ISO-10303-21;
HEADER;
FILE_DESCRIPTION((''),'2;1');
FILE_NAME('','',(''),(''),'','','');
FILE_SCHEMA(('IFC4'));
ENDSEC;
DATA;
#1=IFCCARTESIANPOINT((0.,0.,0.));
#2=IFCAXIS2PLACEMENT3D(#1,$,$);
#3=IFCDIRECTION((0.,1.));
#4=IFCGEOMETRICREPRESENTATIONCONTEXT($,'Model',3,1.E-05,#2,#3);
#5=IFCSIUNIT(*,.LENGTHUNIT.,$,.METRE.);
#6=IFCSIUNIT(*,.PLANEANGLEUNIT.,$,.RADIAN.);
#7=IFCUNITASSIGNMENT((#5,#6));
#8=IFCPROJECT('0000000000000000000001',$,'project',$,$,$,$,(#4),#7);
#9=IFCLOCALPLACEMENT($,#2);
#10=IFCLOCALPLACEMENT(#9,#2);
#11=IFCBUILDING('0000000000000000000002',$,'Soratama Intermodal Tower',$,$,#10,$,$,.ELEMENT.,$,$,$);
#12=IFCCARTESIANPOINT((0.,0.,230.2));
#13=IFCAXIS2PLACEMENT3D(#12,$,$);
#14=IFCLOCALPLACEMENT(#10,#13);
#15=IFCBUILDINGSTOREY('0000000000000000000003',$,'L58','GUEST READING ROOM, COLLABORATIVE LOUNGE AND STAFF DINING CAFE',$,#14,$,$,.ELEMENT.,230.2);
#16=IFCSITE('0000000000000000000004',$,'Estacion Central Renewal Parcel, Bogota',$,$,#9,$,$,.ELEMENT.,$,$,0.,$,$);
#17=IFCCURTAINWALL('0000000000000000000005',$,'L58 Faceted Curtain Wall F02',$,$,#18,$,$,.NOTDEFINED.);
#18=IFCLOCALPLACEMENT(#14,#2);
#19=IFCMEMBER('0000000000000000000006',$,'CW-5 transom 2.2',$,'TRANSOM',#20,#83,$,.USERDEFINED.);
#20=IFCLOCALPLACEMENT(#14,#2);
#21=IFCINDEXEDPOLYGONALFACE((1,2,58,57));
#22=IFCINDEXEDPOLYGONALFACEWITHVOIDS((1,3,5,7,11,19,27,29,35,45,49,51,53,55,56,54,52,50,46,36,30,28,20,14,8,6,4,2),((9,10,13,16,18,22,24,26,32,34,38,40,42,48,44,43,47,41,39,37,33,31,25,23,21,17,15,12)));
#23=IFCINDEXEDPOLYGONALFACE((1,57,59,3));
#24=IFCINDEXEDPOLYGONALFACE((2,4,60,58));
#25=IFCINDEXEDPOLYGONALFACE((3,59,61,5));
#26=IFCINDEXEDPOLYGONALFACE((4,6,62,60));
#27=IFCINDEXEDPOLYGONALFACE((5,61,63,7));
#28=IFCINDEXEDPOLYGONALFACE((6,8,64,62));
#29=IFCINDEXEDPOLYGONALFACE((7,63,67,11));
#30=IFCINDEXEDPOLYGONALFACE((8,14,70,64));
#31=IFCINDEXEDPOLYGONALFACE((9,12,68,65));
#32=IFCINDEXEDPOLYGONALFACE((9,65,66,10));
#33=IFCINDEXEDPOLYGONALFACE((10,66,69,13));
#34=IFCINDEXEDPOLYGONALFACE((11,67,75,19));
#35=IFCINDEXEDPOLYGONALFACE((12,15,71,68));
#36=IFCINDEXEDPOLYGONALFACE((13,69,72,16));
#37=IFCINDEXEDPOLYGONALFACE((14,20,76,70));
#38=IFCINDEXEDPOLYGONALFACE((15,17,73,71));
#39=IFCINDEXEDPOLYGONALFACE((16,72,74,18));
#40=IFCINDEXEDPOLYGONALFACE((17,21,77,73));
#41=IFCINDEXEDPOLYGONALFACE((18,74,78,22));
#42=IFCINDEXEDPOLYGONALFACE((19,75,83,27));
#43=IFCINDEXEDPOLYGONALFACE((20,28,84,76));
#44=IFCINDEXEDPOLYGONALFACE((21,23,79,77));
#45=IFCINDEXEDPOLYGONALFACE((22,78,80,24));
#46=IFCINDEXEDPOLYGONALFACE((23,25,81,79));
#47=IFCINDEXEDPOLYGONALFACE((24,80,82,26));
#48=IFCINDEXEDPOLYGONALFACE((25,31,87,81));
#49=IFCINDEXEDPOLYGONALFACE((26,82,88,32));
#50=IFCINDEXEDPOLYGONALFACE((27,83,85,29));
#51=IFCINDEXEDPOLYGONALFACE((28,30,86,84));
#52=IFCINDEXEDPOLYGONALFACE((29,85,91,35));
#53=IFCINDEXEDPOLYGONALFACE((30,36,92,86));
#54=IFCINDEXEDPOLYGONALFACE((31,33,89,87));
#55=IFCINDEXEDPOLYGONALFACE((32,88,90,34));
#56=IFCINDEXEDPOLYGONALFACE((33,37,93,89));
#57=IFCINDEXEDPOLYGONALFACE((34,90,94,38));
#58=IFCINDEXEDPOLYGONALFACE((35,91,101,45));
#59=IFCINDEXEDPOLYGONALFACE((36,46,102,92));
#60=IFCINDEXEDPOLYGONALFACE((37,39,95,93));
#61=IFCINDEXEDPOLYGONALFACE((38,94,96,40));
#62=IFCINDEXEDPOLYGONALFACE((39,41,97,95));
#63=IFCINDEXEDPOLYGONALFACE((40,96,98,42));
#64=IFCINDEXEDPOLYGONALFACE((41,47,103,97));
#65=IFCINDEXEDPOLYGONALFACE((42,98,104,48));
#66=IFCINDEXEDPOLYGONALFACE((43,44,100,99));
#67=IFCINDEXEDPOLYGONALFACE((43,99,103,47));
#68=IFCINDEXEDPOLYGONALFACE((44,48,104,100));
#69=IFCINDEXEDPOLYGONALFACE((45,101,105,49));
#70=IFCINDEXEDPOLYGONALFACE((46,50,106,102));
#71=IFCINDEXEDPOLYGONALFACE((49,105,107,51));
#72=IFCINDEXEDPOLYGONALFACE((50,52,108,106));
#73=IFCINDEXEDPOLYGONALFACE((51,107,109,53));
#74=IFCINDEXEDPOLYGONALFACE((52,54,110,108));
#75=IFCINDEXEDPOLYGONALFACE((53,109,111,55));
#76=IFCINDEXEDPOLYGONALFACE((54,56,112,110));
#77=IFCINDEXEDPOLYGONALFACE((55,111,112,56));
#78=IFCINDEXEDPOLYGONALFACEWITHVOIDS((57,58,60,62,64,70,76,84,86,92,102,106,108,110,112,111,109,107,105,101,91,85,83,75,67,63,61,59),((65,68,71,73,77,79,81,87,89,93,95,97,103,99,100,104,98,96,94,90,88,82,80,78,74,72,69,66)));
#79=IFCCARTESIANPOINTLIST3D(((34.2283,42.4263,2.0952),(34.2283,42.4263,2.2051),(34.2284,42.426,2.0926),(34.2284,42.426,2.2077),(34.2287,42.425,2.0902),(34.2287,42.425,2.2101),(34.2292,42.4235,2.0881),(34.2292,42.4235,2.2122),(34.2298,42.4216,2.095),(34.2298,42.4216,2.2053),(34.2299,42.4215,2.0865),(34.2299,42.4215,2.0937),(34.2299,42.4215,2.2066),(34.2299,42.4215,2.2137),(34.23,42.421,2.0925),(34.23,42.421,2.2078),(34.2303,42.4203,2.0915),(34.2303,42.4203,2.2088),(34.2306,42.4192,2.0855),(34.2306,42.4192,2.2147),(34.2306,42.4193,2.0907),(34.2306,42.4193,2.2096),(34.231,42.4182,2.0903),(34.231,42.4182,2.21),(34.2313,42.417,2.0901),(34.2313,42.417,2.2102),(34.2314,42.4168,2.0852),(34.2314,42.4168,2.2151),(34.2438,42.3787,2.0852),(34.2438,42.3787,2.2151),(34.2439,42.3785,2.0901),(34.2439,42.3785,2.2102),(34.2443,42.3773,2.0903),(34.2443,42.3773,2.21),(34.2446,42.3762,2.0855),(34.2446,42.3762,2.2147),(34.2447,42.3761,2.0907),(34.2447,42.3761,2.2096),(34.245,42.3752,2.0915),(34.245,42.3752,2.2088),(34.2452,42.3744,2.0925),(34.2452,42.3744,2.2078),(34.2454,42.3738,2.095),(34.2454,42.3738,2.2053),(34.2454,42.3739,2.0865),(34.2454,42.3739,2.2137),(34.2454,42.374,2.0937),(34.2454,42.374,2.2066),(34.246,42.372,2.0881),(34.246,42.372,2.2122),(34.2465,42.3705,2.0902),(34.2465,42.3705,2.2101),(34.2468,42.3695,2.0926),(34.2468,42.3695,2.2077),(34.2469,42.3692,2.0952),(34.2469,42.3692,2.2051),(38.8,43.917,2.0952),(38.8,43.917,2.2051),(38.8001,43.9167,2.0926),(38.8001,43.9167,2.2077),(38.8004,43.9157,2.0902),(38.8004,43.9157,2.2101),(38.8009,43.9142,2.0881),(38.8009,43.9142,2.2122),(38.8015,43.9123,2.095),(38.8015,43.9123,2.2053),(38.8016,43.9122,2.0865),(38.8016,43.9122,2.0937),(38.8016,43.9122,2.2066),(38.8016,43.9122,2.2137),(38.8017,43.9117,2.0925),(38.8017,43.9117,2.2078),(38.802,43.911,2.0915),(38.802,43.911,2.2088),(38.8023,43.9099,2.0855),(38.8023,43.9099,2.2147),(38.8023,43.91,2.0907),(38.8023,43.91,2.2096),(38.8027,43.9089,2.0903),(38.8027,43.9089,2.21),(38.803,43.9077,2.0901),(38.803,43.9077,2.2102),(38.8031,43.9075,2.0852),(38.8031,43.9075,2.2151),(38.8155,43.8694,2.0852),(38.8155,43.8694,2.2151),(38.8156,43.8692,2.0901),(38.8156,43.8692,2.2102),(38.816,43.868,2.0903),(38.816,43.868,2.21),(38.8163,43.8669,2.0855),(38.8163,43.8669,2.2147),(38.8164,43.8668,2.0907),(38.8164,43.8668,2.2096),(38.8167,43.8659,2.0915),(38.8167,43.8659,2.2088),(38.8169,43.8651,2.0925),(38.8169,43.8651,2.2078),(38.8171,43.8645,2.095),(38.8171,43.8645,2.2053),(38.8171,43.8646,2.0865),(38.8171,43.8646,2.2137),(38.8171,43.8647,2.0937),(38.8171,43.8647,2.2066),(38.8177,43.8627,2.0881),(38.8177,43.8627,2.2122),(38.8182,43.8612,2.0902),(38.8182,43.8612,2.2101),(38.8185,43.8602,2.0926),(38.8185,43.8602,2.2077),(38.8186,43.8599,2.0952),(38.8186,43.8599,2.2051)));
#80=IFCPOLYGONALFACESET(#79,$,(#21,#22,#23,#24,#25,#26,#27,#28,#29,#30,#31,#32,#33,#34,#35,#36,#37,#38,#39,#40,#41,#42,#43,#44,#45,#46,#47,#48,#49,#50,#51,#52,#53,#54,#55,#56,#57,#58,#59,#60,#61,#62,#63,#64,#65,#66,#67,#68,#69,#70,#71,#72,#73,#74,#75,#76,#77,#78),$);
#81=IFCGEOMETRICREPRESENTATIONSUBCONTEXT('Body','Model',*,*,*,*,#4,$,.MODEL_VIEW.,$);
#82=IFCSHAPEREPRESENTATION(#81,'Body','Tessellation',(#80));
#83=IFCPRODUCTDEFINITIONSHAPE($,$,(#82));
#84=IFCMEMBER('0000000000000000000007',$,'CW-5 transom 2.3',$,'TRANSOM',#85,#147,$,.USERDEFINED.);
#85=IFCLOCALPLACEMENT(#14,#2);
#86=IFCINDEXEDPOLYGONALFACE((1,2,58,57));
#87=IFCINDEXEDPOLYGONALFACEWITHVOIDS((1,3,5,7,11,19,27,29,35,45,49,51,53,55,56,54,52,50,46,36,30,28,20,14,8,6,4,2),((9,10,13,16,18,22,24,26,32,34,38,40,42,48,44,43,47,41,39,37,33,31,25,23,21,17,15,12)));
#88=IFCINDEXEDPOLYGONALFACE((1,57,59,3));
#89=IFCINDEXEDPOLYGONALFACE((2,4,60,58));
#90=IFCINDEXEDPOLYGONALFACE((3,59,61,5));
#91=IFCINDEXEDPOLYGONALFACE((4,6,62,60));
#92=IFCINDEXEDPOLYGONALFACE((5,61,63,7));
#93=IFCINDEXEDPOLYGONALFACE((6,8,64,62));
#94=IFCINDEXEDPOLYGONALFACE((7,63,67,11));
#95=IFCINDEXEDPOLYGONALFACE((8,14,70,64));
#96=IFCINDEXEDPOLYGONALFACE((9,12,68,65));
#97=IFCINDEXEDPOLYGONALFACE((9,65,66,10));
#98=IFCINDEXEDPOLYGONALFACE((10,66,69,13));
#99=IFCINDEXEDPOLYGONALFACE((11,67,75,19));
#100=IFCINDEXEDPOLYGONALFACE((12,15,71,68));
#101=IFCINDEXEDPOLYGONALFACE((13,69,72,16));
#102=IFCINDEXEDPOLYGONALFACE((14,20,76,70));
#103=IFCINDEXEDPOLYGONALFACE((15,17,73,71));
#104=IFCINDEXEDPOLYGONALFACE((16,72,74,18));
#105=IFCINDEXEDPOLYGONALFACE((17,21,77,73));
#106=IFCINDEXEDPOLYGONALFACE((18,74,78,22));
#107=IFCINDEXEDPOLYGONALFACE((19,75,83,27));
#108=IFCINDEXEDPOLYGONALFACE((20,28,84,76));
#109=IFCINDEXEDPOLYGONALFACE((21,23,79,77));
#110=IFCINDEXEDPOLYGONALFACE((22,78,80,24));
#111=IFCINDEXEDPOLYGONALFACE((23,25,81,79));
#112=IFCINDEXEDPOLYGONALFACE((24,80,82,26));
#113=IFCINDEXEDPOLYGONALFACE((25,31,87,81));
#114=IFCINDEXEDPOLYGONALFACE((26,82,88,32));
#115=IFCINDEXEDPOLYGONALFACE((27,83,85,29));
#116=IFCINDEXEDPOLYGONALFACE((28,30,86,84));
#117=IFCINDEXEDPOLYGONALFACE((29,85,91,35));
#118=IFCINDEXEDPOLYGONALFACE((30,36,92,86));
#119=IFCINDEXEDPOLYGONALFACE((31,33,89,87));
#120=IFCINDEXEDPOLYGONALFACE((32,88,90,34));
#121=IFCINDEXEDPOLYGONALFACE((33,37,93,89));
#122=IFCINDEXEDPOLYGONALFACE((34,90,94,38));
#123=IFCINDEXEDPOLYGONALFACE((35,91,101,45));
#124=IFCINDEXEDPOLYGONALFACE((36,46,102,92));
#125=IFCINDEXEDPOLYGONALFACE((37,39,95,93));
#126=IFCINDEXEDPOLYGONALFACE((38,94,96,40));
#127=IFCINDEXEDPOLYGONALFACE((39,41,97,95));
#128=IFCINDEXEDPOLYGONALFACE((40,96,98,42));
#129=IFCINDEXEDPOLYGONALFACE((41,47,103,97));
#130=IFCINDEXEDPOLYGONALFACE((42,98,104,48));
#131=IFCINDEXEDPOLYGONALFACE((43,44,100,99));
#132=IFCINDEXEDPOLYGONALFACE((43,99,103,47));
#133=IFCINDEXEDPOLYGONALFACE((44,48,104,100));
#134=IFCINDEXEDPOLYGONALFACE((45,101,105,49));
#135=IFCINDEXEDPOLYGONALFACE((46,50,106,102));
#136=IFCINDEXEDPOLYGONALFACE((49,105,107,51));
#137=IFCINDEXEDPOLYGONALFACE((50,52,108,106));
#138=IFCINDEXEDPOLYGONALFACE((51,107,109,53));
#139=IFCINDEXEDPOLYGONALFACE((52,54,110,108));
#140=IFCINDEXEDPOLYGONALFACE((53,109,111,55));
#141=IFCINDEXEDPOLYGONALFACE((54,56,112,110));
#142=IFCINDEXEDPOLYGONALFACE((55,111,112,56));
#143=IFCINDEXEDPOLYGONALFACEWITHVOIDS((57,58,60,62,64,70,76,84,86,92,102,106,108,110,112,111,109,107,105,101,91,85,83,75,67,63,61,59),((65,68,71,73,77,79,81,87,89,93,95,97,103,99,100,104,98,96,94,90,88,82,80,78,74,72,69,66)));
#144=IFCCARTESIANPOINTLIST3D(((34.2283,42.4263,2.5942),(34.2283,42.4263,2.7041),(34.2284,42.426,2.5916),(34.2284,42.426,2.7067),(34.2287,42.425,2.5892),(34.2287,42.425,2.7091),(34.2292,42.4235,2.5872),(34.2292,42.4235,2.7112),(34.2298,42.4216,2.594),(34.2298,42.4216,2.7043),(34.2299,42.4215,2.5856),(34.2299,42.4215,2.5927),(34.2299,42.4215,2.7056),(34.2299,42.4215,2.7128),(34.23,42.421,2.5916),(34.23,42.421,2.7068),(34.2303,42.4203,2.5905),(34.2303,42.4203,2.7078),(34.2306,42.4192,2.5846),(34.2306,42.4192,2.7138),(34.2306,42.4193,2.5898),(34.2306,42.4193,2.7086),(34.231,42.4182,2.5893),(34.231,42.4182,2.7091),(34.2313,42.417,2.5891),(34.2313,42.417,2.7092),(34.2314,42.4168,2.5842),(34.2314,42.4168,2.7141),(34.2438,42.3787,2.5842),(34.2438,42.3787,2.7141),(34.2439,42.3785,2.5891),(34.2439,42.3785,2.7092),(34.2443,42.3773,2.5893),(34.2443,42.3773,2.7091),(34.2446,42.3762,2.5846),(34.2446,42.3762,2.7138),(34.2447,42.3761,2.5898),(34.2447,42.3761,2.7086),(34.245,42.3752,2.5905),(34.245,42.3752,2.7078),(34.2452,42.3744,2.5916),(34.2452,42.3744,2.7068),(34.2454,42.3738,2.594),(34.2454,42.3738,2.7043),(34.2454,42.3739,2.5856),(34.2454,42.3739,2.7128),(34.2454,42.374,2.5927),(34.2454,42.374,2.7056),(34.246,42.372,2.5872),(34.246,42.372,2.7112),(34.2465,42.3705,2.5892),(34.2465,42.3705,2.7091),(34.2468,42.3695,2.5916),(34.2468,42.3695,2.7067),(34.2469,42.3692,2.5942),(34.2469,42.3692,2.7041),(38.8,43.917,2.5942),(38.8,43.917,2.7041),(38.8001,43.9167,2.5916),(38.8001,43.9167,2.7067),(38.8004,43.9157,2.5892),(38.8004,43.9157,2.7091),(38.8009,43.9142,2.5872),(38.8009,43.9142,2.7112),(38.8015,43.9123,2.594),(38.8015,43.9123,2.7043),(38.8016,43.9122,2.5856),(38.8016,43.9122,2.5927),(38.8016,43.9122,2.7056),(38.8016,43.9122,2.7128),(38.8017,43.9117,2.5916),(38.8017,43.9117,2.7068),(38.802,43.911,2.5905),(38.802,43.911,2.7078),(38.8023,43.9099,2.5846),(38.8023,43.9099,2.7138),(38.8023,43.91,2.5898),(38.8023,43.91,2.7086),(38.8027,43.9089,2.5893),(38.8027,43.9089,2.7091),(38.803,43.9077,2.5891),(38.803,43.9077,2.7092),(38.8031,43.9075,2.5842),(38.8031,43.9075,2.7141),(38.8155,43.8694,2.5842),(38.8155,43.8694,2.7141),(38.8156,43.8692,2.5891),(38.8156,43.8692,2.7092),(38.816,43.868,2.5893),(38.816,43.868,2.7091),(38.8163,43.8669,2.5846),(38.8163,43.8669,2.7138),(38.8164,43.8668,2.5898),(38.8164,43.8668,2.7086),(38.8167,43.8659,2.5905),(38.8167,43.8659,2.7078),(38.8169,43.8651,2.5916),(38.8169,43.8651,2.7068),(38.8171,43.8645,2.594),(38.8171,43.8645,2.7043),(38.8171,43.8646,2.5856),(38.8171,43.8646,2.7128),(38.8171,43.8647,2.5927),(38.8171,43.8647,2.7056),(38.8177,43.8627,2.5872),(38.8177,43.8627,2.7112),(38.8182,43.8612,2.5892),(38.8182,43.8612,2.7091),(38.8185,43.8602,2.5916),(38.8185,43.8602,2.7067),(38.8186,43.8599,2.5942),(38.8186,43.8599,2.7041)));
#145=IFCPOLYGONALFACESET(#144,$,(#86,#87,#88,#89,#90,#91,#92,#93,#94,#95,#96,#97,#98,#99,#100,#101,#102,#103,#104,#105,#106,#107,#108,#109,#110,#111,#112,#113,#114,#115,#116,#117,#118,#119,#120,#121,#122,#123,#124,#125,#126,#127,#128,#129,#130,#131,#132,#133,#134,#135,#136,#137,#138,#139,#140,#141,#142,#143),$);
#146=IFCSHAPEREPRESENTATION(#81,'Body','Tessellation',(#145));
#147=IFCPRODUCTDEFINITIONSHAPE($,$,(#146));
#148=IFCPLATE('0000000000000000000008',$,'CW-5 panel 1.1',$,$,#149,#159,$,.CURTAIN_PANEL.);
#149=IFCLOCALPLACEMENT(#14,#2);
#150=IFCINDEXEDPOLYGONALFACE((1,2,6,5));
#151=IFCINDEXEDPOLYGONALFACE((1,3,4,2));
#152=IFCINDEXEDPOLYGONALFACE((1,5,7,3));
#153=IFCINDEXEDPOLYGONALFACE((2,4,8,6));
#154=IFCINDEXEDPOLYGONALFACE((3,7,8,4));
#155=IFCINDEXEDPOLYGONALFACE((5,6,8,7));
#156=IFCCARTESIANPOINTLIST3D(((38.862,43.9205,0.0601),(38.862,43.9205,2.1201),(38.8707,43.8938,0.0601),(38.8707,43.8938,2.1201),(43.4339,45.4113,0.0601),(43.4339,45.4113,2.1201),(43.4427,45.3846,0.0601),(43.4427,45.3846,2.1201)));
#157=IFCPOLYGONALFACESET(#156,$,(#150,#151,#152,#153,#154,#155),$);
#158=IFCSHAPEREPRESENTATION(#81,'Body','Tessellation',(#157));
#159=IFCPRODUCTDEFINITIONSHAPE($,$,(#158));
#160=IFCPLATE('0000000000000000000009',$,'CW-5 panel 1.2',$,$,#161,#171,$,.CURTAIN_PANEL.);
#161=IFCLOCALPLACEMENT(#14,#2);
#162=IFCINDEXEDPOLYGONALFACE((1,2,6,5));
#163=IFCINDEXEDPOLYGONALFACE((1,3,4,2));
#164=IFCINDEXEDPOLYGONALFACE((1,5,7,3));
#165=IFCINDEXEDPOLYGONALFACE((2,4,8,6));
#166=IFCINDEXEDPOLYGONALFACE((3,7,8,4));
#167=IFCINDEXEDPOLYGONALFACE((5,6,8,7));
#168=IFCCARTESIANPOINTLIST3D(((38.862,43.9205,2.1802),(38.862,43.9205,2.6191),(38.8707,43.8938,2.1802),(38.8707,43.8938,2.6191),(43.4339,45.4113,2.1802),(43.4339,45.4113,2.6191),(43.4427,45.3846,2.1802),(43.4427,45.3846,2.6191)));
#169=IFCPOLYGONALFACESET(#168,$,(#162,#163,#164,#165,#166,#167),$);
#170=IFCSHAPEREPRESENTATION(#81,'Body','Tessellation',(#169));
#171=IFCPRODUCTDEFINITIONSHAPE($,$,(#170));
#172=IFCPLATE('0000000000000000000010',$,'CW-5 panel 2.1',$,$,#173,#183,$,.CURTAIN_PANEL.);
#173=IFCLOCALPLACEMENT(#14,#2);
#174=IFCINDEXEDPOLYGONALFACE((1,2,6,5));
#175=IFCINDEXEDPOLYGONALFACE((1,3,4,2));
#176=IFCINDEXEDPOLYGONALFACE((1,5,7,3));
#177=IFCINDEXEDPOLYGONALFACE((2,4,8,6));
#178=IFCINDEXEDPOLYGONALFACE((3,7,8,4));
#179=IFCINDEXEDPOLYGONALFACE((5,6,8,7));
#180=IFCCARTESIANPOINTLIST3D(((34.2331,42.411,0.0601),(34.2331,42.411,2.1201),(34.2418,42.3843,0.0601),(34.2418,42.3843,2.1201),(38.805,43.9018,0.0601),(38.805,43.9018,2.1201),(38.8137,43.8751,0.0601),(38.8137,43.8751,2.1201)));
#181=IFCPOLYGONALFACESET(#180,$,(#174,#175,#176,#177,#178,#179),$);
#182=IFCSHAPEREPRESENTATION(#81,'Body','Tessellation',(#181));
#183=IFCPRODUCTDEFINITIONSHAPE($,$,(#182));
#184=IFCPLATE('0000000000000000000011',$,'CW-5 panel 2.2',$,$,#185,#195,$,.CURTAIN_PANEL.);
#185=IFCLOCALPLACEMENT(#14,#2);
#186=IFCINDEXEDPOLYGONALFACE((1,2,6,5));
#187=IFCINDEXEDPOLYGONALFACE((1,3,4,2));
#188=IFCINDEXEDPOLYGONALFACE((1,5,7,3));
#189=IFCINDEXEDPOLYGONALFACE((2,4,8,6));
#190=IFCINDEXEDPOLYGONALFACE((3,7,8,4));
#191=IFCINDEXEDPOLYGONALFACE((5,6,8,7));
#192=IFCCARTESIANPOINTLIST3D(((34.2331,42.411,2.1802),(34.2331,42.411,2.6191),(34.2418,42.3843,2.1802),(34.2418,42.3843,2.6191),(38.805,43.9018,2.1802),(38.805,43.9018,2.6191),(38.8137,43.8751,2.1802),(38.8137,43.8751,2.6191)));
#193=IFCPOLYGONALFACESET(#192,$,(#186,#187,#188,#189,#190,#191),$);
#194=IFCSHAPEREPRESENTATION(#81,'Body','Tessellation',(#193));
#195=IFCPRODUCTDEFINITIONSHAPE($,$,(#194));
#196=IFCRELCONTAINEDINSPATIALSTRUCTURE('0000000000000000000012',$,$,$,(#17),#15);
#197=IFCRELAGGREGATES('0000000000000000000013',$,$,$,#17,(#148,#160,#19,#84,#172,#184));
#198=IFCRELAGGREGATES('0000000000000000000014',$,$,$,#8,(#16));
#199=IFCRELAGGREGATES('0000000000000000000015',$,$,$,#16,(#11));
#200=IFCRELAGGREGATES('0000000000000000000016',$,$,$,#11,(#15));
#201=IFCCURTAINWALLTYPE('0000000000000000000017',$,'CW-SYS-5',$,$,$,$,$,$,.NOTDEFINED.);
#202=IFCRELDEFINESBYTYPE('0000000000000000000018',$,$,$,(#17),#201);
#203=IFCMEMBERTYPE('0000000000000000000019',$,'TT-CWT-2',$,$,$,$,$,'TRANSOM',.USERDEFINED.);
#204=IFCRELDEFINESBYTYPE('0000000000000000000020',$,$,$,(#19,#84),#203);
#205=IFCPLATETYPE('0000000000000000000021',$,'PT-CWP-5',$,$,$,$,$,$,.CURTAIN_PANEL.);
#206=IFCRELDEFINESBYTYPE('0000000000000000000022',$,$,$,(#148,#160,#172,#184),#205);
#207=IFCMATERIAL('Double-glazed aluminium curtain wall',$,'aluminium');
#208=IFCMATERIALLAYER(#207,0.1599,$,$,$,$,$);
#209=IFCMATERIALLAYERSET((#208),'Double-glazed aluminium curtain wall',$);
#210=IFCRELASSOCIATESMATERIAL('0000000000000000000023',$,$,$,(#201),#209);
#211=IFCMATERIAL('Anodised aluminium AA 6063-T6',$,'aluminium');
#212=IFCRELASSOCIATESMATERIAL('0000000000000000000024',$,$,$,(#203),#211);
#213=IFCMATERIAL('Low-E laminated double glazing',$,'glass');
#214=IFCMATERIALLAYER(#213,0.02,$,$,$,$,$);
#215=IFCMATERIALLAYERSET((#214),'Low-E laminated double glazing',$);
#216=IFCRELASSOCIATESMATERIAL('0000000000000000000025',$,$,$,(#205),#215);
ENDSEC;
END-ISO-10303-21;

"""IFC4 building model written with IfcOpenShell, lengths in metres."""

from ifc_helpers import new_model, si_unit, direction, frame, origin, origin_2d, place, context, subcontext, project, spatial, rectangle, hollow_rectangle, extrude, material, layer, layer_set, material_profile, profile_set, type_object, element, aggregate, save


model = new_model("IFC4")

# Units and contexts
model_context = context("Model", 3, precision=1e-05, world=origin(), true_north=direction((0.0, 1.0)))
body_context = subcontext(model_context, "Body", "Model", "MODEL_VIEW")
ifc_project = project(units=[si_unit("LENGTHUNIT", "METRE"), si_unit("PLANEANGLEUNIT", "RADIAN")], contexts=[model_context])

# Site, building, storey
site_placement = place(None, origin())
site = spatial("IfcSite", under=ifc_project, at=site_placement, Name="Estacion Central Renewal Parcel, Bogota", CompositionType="ELEMENT", RefElevation=0.0)
building_placement = place(site_placement, origin())
building = spatial("IfcBuilding", under=site, at=building_placement, Name="Soratama Intermodal Tower", CompositionType="ELEMENT")
storey_placement = place(building_placement, frame((0.0, 0.0, 230.2)))
storey = spatial("IfcBuildingStorey", under=building, at=storey_placement, Name="L58", Description="GUEST READING ROOM, COLLABORATIVE LOUNGE AND STAFF DINING CAFE", CompositionType="ELEMENT", Elevation=230.2)

# Curtain wall, members, plates
ifc_material_1 = material(Name="Double-glazed aluminium curtain wall", Category="aluminium")
ifc_layer_1 = layer(ifc_material_1, 0.1599)
ifc_layer_set_1 = layer_set([ifc_layer_1], Name="Double-glazed aluminium curtain wall")
curtain_wall_type = type_object("IfcCurtainWallType", Name="CW-SYS-5", PredefinedType="NOTDEFINED", material=ifc_layer_set_1)
curtain_wall_placement = place(storey_placement, origin())
curtain_wall = element("IfcCurtainWall", 1, at=curtain_wall_placement, inside=storey, type_object=curtain_wall_type, Name="L58 Faceted Curtain Wall F02", PredefinedType="NOTDEFINED")
ifc_material_2 = material(Name="Anodised aluminium AA 6063-T6", Category="aluminium")
ifc_material_profile_1 = material_profile(ifc_material_2, hollow_rectangle(XDim=0.0601, YDim=0.1299, WallThickness=0.0049, InnerFilletRadius=0.0049, OuterFilletRadius=0.01, at=origin_2d()), Name="CWT130X60X5")
ifc_profile_set_1 = profile_set([ifc_material_profile_1], Name="Anodised aluminium AA 6063-T6")
member_type_1 = type_object("IfcMemberType", Name="TT-CWT-2", ElementType="TRANSOM", PredefinedType="USERDEFINED", material=ifc_profile_set_1)
member_1_placement = place(storey_placement, frame((38.8093, 43.8884, 2.1501), z_axis=(-0.950734, -0.310007, 0.0), x_axis=(0.310007, -0.950734, 0.0)))
member_1 = element("IfcMember", 2, at=member_1_placement, type_object=member_type_1, Name="CW-5 transom 2.2", ObjectType="TRANSOM", PredefinedType="USERDEFINED", context=body_context, shape_type="SweptSolid", body=[
    extrude(hollow_rectangle(XDim=0.0601, YDim=0.1299, WallThickness=0.0049, InnerFilletRadius=0.0049, OuterFilletRadius=0.01, at=origin_2d()), origin(), (0.0, 0.0, 1.0), 4.8086),
])
member_2_placement = place(storey_placement, frame((38.8093, 43.8884, 2.6492), z_axis=(-0.950734, -0.310007, 0.0), x_axis=(0.310007, -0.950734, 0.0)))
member_2 = element("IfcMember", 3, at=member_2_placement, type_object=member_type_1, Name="CW-5 transom 2.3", ObjectType="TRANSOM", PredefinedType="USERDEFINED", context=body_context, shape_type="SweptSolid", body=[
    extrude(hollow_rectangle(XDim=0.0601, YDim=0.1299, WallThickness=0.0049, InnerFilletRadius=0.0049, OuterFilletRadius=0.01, at=origin_2d()), origin(), (0.0, 0.0, 1.0), 4.8086),
])
ifc_material_3 = material(Name="Low-E laminated double glazing", Category="glass")
ifc_layer_2 = layer(ifc_material_3, 0.02)
ifc_layer_set_2 = layer_set([ifc_layer_2], Name="Low-E laminated double glazing")
plate_type = type_object("IfcPlateType", Name="PT-CWP-5", PredefinedType="CURTAIN_PANEL", material=ifc_layer_set_2)
plate_1_placement = place(storey_placement, frame((41.1523, 44.6526, 0.0601), z_axis=(0.0, 0.0, 1.0), x_axis=(-0.950732, -0.310014, 0.0)))
plate_1 = element("IfcPlate", 4, at=plate_1_placement, type_object=plate_type, Name="CW-5 panel 1.1", PredefinedType="CURTAIN_PANEL", context=body_context, shape_type="SweptSolid", body=[
    extrude(rectangle(XDim=4.8088, YDim=0.0281, at=origin_2d()), origin(), (0.0, 0.0, 1.0), 2.0601),
])
plate_2_placement = place(storey_placement, frame((41.1523, 44.6526, 2.1802), z_axis=(0.0, 0.0, 1.0), x_axis=(-0.950732, -0.310014, 0.0)))
plate_2 = element("IfcPlate", 5, at=plate_2_placement, type_object=plate_type, Name="CW-5 panel 1.2", PredefinedType="CURTAIN_PANEL", context=body_context, shape_type="SweptSolid", body=[
    extrude(rectangle(XDim=4.8088, YDim=0.0281, at=origin_2d()), origin(), (0.0, 0.0, 1.0), 0.439),
])
plate_3_placement = place(storey_placement, frame((36.5234, 43.1431, 0.0601), z_axis=(0.0, 0.0, 1.0), x_axis=(-0.950732, -0.310014, 0.0)))
plate_3 = element("IfcPlate", 6, at=plate_3_placement, type_object=plate_type, Name="CW-5 panel 2.1", PredefinedType="CURTAIN_PANEL", context=body_context, shape_type="SweptSolid", body=[
    extrude(rectangle(XDim=4.8088, YDim=0.0281, at=origin_2d()), origin(), (0.0, 0.0, 1.0), 2.0601),
])
plate_4_placement = place(storey_placement, frame((36.5234, 43.1431, 2.1802), z_axis=(0.0, 0.0, 1.0), x_axis=(-0.950732, -0.310014, 0.0)))
plate_4 = element("IfcPlate", 7, at=plate_4_placement, type_object=plate_type, Name="CW-5 panel 2.2", PredefinedType="CURTAIN_PANEL", context=body_context, shape_type="SweptSolid", body=[
    extrude(rectangle(XDim=4.8088, YDim=0.0281, at=origin_2d()), origin(), (0.0, 0.0, 1.0), 0.439),
])
aggregate(curtain_wall, [plate_1, plate_2, member_1, member_2, plate_3, plate_4])

save(model, "model.ifc")
